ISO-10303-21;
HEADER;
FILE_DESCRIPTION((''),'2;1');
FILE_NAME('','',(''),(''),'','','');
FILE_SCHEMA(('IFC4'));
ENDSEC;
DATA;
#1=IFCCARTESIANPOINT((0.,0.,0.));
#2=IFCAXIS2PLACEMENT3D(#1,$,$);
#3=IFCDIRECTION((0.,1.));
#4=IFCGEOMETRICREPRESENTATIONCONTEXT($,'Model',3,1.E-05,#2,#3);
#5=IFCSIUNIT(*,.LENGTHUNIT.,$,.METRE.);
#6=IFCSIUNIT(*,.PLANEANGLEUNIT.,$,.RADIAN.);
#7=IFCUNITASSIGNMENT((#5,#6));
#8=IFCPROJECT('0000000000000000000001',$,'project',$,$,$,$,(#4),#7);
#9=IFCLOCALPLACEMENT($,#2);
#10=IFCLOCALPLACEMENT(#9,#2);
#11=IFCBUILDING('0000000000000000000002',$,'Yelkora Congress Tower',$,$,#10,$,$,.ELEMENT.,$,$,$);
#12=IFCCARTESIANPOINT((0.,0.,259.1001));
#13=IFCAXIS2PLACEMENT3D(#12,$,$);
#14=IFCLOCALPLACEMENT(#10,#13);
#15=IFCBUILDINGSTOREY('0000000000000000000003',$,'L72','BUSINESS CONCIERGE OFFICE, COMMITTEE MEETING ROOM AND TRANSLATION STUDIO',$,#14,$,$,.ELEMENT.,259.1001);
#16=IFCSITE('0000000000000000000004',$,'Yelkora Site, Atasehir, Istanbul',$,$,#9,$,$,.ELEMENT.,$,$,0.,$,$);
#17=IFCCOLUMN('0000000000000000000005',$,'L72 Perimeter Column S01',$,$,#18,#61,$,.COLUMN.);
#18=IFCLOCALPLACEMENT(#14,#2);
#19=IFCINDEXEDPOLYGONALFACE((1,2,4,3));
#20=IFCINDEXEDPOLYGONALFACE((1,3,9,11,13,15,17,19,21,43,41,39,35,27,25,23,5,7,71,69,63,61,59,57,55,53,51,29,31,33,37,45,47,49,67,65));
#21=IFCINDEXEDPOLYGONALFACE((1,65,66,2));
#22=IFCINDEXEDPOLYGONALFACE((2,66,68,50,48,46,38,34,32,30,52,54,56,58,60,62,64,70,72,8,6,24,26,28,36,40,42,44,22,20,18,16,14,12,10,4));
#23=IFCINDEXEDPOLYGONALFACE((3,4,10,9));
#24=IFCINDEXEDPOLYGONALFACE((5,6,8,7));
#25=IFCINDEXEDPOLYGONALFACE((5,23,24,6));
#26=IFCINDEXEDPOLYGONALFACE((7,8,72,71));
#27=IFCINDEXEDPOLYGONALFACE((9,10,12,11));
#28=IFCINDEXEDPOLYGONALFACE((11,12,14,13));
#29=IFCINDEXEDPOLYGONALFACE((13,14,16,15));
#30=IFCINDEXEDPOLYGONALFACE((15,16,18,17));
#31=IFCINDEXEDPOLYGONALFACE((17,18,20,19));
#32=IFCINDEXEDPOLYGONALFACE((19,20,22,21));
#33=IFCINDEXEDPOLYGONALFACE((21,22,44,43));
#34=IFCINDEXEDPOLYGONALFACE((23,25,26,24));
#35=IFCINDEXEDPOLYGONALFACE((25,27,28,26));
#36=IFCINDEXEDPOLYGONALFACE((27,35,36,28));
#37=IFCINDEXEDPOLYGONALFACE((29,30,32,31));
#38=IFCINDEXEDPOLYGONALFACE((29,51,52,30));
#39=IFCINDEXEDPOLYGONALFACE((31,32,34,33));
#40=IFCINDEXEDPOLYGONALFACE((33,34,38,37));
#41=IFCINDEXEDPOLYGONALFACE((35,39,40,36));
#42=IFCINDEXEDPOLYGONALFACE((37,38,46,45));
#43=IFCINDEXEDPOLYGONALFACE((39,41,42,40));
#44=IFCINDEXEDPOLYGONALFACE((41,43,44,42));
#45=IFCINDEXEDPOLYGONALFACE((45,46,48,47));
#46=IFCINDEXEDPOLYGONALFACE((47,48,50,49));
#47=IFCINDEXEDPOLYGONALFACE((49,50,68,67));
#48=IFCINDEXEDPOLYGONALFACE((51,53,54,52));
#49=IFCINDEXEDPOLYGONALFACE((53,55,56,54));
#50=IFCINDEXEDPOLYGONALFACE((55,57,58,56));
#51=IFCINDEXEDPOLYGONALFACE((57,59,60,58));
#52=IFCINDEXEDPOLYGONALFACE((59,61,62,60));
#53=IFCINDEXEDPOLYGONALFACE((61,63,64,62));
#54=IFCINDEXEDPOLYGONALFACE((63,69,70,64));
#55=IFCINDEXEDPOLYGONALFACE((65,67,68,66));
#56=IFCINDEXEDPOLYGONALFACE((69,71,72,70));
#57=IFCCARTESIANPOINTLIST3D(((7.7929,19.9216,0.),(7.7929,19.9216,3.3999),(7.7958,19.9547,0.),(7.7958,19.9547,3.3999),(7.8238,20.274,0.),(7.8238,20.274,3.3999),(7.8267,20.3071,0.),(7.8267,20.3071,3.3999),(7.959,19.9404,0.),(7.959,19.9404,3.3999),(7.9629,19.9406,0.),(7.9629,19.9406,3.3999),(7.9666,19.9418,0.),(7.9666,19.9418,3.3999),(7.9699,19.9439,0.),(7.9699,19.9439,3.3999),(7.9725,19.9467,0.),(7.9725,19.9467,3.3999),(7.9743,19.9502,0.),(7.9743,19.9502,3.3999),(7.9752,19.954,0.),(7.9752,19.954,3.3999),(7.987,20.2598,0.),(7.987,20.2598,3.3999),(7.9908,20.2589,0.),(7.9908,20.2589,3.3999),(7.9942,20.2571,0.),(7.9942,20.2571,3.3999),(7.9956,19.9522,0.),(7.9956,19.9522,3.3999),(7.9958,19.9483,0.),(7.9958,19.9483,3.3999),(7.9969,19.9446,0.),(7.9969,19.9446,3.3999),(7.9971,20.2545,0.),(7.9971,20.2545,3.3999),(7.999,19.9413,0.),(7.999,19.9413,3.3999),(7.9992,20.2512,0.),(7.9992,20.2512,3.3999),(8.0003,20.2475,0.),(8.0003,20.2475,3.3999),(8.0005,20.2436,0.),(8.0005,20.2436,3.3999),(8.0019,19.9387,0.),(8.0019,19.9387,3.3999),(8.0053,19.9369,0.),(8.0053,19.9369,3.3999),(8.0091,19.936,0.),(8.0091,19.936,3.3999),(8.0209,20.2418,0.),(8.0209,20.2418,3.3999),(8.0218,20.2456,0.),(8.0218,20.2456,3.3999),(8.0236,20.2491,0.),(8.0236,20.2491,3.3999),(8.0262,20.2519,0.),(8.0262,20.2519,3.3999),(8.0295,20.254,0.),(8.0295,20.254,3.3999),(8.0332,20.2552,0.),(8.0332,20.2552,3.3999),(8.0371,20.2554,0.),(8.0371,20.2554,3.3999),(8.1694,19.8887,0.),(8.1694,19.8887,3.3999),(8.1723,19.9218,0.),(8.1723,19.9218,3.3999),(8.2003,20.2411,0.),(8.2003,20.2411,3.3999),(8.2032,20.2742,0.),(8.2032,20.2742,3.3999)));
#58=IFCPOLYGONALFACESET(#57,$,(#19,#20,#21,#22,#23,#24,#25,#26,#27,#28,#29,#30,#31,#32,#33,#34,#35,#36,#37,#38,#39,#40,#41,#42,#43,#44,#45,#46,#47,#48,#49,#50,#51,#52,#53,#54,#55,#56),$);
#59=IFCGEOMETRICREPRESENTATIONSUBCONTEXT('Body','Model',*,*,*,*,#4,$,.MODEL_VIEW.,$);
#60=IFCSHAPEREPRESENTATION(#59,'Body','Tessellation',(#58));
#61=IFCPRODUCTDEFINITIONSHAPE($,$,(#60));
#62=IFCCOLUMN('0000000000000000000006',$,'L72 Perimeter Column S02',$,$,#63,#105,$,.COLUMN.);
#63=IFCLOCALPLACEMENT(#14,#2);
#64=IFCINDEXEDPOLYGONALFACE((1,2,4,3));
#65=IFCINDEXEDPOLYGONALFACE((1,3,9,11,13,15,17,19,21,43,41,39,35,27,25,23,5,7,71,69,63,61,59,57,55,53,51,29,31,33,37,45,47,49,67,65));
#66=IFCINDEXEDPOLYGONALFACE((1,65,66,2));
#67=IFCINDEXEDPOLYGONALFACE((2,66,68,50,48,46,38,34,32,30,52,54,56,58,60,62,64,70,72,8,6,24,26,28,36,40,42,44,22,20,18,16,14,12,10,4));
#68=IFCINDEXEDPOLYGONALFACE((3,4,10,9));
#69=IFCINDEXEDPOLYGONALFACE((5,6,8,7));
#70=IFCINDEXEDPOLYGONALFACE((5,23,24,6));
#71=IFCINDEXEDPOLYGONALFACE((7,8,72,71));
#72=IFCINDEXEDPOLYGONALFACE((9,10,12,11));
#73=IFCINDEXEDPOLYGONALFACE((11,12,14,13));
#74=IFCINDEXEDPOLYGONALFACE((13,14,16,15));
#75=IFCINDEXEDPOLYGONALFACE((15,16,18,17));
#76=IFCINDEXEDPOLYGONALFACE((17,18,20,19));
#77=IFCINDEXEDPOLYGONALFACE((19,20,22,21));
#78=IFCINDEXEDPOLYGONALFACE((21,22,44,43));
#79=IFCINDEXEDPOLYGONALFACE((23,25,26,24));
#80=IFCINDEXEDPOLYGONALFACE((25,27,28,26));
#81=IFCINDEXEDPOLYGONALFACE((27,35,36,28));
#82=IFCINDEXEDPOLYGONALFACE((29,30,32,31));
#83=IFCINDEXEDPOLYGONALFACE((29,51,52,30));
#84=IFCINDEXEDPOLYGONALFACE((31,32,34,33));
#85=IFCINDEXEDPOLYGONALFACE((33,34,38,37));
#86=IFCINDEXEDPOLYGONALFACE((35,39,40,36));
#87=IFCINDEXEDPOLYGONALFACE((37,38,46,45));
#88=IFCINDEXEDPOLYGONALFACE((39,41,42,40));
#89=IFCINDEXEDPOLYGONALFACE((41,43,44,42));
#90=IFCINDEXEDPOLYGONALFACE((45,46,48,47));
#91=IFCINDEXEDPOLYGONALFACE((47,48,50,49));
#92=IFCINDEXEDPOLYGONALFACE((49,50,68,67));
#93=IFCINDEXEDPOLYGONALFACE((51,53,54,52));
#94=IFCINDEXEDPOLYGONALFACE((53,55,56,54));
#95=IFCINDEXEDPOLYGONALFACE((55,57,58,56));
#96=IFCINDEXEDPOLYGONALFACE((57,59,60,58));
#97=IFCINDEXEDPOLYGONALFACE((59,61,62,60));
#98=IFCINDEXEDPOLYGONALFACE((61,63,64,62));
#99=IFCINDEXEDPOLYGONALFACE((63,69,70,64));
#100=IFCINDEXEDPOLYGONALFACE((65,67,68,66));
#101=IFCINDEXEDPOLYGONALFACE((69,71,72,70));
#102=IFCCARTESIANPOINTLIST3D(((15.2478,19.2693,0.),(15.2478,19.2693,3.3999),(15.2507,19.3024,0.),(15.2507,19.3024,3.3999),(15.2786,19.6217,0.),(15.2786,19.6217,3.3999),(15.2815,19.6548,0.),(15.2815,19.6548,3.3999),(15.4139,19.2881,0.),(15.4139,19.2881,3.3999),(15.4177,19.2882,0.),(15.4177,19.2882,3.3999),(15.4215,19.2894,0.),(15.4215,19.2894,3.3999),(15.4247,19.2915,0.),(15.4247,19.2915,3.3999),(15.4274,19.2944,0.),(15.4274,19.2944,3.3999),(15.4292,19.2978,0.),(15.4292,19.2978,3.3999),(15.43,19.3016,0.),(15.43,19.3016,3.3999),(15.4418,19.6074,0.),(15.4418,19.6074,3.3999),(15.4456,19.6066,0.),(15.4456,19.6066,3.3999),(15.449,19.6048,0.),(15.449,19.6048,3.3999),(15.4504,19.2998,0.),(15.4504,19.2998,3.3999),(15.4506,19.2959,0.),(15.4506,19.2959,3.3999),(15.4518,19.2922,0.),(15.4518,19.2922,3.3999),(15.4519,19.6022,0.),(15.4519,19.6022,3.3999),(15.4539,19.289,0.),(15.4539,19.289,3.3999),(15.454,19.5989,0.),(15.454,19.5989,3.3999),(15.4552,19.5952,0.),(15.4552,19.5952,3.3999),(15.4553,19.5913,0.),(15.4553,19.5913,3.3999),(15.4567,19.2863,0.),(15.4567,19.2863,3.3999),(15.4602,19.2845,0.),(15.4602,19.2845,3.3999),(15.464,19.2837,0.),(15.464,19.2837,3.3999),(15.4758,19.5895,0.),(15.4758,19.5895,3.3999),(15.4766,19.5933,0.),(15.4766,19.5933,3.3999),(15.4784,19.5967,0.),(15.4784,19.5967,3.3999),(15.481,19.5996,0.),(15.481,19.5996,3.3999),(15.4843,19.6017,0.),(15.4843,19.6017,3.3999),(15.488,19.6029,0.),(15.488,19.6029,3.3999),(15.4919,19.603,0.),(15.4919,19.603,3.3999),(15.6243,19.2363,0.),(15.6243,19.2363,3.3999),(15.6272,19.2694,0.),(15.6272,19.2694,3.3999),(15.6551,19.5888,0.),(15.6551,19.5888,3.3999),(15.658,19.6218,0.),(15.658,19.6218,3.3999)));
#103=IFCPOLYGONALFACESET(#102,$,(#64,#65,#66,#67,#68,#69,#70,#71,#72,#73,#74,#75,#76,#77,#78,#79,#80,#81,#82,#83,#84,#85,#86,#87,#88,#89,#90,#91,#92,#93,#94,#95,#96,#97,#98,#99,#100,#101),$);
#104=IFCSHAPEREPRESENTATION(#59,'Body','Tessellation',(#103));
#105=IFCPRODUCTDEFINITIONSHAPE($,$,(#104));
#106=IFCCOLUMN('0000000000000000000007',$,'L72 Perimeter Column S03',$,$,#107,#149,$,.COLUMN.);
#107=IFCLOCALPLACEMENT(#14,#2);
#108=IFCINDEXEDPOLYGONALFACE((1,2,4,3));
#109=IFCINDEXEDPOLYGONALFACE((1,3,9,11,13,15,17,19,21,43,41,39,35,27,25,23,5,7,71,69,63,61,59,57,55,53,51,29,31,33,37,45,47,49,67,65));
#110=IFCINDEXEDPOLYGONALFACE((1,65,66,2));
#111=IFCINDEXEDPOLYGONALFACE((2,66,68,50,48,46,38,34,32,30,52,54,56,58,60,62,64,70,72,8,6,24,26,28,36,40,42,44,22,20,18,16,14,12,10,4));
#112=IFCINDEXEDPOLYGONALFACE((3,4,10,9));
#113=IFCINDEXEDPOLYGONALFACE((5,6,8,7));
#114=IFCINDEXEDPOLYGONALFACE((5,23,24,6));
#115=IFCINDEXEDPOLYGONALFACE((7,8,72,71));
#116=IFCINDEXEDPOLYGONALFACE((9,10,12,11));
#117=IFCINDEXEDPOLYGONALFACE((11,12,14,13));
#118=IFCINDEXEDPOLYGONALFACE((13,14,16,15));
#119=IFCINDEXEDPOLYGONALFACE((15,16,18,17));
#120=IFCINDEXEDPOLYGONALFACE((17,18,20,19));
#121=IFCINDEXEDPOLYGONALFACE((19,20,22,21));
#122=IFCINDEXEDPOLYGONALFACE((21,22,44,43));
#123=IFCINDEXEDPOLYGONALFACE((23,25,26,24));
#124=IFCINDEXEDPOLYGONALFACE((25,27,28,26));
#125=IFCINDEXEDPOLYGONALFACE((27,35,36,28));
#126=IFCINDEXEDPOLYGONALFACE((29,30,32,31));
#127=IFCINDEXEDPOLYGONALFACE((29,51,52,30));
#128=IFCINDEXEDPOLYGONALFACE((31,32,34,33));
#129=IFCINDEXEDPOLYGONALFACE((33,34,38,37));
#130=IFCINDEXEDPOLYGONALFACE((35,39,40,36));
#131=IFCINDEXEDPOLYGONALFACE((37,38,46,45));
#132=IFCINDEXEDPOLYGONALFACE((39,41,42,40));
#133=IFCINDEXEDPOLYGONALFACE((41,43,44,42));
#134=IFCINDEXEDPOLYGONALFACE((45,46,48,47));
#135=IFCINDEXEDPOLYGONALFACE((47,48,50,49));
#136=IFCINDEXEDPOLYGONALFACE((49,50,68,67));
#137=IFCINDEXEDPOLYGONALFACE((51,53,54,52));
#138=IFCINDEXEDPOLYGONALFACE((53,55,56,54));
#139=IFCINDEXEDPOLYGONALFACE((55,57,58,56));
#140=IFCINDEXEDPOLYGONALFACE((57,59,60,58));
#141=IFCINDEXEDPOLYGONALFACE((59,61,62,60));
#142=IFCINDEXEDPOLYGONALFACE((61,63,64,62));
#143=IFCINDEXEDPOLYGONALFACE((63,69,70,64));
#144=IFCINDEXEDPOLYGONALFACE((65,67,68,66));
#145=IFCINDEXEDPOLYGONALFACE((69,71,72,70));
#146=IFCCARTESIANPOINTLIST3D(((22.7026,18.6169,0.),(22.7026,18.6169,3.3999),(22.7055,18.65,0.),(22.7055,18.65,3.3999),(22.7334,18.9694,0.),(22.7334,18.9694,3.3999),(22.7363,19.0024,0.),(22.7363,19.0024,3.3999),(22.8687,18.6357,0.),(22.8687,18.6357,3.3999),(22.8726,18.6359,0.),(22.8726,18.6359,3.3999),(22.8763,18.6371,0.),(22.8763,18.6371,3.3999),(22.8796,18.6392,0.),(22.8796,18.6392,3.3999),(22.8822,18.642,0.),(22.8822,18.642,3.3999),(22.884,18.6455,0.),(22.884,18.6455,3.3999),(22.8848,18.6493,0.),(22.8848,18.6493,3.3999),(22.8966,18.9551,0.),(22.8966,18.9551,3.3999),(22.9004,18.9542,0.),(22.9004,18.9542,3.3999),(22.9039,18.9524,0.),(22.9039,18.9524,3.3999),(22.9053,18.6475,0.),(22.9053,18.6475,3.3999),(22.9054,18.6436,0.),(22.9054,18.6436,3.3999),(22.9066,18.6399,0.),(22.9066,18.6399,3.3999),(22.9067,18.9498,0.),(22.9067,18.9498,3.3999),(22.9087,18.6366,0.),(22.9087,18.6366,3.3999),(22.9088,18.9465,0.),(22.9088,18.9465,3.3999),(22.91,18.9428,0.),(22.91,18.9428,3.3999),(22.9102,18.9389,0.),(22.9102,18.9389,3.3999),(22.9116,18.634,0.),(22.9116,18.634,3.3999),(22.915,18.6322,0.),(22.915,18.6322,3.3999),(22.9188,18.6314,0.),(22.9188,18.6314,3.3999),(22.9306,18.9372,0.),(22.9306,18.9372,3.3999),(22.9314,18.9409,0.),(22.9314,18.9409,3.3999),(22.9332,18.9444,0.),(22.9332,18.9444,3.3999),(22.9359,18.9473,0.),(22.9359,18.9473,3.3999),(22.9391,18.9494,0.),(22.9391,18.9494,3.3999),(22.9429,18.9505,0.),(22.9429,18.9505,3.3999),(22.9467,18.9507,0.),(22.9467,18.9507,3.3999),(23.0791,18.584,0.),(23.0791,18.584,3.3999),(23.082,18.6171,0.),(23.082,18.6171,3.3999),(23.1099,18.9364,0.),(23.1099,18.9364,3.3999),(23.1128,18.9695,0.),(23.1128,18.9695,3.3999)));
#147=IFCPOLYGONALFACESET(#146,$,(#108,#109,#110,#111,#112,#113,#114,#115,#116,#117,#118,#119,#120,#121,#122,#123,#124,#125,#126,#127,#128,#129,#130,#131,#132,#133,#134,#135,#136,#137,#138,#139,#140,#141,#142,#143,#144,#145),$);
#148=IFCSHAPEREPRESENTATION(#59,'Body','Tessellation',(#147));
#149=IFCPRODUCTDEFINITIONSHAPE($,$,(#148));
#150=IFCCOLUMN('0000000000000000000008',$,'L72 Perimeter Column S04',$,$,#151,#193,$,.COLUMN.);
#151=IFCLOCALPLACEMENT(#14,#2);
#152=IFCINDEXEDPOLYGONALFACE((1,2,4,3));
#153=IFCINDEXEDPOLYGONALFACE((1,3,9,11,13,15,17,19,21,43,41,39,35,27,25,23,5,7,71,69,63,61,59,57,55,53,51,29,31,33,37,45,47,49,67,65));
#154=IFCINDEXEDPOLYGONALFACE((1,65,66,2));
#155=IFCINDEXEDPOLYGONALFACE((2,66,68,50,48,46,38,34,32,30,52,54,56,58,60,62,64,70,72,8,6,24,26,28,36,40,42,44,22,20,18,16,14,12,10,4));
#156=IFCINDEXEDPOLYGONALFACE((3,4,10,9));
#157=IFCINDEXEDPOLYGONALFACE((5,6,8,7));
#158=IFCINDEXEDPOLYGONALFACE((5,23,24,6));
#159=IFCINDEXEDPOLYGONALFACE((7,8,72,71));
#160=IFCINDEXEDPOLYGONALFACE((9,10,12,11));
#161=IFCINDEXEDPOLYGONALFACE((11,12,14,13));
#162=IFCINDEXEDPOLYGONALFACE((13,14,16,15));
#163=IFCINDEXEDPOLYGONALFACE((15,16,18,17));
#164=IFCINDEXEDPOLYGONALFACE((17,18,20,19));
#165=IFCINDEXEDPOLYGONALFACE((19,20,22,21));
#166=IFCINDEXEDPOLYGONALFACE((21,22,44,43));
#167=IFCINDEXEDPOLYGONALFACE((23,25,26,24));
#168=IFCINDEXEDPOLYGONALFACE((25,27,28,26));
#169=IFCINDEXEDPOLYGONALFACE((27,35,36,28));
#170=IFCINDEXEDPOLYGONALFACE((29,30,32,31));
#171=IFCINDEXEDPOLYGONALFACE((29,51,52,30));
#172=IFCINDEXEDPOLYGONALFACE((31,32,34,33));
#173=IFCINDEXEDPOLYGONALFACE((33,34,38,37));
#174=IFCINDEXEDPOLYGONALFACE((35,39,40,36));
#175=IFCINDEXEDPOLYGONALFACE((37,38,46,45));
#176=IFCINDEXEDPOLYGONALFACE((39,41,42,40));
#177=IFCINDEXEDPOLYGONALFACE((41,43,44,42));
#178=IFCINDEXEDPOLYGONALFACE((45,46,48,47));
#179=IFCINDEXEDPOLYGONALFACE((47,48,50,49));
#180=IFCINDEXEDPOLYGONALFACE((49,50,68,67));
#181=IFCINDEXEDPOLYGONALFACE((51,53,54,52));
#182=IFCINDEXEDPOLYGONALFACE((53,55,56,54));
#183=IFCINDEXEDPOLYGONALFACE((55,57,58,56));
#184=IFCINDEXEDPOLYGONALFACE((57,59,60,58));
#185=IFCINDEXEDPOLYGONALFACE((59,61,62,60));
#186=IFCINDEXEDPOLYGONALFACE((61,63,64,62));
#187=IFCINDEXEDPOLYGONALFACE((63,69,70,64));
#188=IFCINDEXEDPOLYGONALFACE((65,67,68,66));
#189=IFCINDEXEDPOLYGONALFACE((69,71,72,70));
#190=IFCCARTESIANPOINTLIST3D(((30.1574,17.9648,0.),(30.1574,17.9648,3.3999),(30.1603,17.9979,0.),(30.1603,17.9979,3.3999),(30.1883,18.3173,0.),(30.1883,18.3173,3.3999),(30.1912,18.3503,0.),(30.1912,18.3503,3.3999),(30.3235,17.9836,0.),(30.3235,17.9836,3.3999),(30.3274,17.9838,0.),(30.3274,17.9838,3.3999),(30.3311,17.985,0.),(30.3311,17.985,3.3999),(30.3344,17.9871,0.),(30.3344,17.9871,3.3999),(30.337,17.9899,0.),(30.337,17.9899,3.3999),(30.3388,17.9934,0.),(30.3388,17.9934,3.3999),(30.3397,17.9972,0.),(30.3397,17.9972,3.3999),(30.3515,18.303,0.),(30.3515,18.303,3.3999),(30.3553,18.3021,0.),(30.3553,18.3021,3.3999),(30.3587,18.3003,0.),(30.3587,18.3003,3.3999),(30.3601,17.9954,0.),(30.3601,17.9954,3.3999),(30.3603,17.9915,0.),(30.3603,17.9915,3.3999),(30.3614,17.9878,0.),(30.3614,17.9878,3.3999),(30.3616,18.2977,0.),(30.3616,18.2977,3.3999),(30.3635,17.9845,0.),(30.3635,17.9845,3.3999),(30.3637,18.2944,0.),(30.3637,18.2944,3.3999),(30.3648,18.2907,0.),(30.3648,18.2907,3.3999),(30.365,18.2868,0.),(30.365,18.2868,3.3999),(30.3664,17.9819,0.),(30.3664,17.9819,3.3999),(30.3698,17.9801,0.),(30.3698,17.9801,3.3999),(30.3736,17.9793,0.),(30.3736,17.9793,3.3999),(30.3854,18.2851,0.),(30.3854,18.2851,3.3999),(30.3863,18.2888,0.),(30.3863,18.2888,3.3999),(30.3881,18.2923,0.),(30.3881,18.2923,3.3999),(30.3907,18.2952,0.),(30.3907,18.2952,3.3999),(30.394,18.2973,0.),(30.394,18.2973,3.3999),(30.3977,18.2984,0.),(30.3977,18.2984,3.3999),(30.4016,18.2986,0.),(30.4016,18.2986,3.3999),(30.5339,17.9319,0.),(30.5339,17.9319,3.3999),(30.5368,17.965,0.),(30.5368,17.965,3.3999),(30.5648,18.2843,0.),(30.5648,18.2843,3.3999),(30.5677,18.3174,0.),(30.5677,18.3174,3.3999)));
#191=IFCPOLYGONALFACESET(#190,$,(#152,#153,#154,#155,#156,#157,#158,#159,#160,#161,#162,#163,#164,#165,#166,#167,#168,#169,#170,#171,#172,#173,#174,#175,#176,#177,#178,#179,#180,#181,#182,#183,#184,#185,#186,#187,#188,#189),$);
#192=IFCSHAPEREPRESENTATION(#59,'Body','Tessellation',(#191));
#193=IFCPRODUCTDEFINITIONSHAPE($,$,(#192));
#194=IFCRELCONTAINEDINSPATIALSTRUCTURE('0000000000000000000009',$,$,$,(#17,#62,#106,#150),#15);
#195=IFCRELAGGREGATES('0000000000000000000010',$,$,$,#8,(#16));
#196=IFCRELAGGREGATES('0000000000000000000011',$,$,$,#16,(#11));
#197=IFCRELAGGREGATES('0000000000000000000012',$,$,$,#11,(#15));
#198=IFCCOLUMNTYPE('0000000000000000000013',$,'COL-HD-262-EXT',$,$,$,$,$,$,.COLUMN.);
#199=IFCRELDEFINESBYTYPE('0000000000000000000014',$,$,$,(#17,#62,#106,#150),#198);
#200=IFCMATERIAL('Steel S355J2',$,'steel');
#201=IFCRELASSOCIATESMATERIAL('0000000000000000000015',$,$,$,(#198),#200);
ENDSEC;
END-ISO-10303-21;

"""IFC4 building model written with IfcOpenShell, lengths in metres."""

from ifc_helpers import new_model, si_unit, direction, frame, origin, origin_2d, place, context, subcontext, project, spatial, i_section, extrude, material, material_profile, profile_set, type_object, element, save


model = new_model("IFC4")

# Units and contexts
model_context = context("Model", 3, precision=1e-05, world=origin(), true_north=direction((0.0, 1.0)))
body_context = subcontext(model_context, "Body", "Model", "MODEL_VIEW")
ifc_project = project(units=[si_unit("LENGTHUNIT", "METRE"), si_unit("PLANEANGLEUNIT", "RADIAN")], contexts=[model_context])

# Site, building, storey
site_placement = place(None, origin())
site = spatial("IfcSite", under=ifc_project, at=site_placement, Name="Yelkora Site, Atasehir, Istanbul", CompositionType="ELEMENT", RefElevation=0.0)
building_placement = place(site_placement, origin())
building = spatial("IfcBuilding", under=site, at=building_placement, Name="Yelkora Congress Tower", CompositionType="ELEMENT")
storey_placement = place(building_placement, frame((0.0, 0.0, 259.1001)))
storey = spatial("IfcBuildingStorey", under=building, at=storey_placement, Name="L72", Description="BUSINESS CONCIERGE OFFICE, COMMITTEE MEETING ROOM AND TRANSLATION STUDIO", CompositionType="ELEMENT", Elevation=259.1001)

# Columns
ifc_material_1 = material(Name="Steel S355J2", Category="steel")
ifc_material_profile_1 = material_profile(ifc_material_1, i_section(OverallWidth=0.3779, OverallDepth=0.387, WebThickness=0.0205, FlangeThickness=0.0332, FilletRadius=0.0149, at=origin_2d()), Name="HD 360x262")
ifc_profile_set_1 = profile_set([ifc_material_profile_1], Name="Steel S355J2")
column_type = type_object("IfcColumnType", Name="COL-HD-262-EXT", PredefinedType="COLUMN", material=ifc_profile_set_1)
for number, where, z_axis, x_axis, name in (
    (1, (7.998, 20.0979, 0.0), (0.0, 0.0, 1.0), (0.996195, -0.087156, 0.0), "L72 Perimeter Column S01"),
    (2, (15.4529, 19.4456, 0.0), (0.0, 0.0, 1.0), (0.996195, -0.087156, 0.0), "L72 Perimeter Column S02"),
    (3, (22.9077, 18.7932, 0.0), (0.0, 0.0, 1.0), (0.996195, -0.087156, 0.0), "L72 Perimeter Column S03"),
    (4, (30.3625, 18.1411, 0.0), (0.0, 0.0, 1.0), (0.996195, -0.087156, 0.0), "L72 Perimeter Column S04"),
):
    element("IfcColumn", number, at=place(storey_placement, frame(where, z_axis=z_axis, x_axis=x_axis)), inside=storey, type_object=column_type, Name=name, PredefinedType="COLUMN", context=body_context, shape_type="SweptSolid", body=[
        extrude(i_section(OverallWidth=0.3779, OverallDepth=0.387, WebThickness=0.0205, FlangeThickness=0.0332, FilletRadius=0.0149, at=origin_2d()), origin(), (0.0, 0.0, 1.0), 3.3999),
    ])

save(model, "model.ifc")
